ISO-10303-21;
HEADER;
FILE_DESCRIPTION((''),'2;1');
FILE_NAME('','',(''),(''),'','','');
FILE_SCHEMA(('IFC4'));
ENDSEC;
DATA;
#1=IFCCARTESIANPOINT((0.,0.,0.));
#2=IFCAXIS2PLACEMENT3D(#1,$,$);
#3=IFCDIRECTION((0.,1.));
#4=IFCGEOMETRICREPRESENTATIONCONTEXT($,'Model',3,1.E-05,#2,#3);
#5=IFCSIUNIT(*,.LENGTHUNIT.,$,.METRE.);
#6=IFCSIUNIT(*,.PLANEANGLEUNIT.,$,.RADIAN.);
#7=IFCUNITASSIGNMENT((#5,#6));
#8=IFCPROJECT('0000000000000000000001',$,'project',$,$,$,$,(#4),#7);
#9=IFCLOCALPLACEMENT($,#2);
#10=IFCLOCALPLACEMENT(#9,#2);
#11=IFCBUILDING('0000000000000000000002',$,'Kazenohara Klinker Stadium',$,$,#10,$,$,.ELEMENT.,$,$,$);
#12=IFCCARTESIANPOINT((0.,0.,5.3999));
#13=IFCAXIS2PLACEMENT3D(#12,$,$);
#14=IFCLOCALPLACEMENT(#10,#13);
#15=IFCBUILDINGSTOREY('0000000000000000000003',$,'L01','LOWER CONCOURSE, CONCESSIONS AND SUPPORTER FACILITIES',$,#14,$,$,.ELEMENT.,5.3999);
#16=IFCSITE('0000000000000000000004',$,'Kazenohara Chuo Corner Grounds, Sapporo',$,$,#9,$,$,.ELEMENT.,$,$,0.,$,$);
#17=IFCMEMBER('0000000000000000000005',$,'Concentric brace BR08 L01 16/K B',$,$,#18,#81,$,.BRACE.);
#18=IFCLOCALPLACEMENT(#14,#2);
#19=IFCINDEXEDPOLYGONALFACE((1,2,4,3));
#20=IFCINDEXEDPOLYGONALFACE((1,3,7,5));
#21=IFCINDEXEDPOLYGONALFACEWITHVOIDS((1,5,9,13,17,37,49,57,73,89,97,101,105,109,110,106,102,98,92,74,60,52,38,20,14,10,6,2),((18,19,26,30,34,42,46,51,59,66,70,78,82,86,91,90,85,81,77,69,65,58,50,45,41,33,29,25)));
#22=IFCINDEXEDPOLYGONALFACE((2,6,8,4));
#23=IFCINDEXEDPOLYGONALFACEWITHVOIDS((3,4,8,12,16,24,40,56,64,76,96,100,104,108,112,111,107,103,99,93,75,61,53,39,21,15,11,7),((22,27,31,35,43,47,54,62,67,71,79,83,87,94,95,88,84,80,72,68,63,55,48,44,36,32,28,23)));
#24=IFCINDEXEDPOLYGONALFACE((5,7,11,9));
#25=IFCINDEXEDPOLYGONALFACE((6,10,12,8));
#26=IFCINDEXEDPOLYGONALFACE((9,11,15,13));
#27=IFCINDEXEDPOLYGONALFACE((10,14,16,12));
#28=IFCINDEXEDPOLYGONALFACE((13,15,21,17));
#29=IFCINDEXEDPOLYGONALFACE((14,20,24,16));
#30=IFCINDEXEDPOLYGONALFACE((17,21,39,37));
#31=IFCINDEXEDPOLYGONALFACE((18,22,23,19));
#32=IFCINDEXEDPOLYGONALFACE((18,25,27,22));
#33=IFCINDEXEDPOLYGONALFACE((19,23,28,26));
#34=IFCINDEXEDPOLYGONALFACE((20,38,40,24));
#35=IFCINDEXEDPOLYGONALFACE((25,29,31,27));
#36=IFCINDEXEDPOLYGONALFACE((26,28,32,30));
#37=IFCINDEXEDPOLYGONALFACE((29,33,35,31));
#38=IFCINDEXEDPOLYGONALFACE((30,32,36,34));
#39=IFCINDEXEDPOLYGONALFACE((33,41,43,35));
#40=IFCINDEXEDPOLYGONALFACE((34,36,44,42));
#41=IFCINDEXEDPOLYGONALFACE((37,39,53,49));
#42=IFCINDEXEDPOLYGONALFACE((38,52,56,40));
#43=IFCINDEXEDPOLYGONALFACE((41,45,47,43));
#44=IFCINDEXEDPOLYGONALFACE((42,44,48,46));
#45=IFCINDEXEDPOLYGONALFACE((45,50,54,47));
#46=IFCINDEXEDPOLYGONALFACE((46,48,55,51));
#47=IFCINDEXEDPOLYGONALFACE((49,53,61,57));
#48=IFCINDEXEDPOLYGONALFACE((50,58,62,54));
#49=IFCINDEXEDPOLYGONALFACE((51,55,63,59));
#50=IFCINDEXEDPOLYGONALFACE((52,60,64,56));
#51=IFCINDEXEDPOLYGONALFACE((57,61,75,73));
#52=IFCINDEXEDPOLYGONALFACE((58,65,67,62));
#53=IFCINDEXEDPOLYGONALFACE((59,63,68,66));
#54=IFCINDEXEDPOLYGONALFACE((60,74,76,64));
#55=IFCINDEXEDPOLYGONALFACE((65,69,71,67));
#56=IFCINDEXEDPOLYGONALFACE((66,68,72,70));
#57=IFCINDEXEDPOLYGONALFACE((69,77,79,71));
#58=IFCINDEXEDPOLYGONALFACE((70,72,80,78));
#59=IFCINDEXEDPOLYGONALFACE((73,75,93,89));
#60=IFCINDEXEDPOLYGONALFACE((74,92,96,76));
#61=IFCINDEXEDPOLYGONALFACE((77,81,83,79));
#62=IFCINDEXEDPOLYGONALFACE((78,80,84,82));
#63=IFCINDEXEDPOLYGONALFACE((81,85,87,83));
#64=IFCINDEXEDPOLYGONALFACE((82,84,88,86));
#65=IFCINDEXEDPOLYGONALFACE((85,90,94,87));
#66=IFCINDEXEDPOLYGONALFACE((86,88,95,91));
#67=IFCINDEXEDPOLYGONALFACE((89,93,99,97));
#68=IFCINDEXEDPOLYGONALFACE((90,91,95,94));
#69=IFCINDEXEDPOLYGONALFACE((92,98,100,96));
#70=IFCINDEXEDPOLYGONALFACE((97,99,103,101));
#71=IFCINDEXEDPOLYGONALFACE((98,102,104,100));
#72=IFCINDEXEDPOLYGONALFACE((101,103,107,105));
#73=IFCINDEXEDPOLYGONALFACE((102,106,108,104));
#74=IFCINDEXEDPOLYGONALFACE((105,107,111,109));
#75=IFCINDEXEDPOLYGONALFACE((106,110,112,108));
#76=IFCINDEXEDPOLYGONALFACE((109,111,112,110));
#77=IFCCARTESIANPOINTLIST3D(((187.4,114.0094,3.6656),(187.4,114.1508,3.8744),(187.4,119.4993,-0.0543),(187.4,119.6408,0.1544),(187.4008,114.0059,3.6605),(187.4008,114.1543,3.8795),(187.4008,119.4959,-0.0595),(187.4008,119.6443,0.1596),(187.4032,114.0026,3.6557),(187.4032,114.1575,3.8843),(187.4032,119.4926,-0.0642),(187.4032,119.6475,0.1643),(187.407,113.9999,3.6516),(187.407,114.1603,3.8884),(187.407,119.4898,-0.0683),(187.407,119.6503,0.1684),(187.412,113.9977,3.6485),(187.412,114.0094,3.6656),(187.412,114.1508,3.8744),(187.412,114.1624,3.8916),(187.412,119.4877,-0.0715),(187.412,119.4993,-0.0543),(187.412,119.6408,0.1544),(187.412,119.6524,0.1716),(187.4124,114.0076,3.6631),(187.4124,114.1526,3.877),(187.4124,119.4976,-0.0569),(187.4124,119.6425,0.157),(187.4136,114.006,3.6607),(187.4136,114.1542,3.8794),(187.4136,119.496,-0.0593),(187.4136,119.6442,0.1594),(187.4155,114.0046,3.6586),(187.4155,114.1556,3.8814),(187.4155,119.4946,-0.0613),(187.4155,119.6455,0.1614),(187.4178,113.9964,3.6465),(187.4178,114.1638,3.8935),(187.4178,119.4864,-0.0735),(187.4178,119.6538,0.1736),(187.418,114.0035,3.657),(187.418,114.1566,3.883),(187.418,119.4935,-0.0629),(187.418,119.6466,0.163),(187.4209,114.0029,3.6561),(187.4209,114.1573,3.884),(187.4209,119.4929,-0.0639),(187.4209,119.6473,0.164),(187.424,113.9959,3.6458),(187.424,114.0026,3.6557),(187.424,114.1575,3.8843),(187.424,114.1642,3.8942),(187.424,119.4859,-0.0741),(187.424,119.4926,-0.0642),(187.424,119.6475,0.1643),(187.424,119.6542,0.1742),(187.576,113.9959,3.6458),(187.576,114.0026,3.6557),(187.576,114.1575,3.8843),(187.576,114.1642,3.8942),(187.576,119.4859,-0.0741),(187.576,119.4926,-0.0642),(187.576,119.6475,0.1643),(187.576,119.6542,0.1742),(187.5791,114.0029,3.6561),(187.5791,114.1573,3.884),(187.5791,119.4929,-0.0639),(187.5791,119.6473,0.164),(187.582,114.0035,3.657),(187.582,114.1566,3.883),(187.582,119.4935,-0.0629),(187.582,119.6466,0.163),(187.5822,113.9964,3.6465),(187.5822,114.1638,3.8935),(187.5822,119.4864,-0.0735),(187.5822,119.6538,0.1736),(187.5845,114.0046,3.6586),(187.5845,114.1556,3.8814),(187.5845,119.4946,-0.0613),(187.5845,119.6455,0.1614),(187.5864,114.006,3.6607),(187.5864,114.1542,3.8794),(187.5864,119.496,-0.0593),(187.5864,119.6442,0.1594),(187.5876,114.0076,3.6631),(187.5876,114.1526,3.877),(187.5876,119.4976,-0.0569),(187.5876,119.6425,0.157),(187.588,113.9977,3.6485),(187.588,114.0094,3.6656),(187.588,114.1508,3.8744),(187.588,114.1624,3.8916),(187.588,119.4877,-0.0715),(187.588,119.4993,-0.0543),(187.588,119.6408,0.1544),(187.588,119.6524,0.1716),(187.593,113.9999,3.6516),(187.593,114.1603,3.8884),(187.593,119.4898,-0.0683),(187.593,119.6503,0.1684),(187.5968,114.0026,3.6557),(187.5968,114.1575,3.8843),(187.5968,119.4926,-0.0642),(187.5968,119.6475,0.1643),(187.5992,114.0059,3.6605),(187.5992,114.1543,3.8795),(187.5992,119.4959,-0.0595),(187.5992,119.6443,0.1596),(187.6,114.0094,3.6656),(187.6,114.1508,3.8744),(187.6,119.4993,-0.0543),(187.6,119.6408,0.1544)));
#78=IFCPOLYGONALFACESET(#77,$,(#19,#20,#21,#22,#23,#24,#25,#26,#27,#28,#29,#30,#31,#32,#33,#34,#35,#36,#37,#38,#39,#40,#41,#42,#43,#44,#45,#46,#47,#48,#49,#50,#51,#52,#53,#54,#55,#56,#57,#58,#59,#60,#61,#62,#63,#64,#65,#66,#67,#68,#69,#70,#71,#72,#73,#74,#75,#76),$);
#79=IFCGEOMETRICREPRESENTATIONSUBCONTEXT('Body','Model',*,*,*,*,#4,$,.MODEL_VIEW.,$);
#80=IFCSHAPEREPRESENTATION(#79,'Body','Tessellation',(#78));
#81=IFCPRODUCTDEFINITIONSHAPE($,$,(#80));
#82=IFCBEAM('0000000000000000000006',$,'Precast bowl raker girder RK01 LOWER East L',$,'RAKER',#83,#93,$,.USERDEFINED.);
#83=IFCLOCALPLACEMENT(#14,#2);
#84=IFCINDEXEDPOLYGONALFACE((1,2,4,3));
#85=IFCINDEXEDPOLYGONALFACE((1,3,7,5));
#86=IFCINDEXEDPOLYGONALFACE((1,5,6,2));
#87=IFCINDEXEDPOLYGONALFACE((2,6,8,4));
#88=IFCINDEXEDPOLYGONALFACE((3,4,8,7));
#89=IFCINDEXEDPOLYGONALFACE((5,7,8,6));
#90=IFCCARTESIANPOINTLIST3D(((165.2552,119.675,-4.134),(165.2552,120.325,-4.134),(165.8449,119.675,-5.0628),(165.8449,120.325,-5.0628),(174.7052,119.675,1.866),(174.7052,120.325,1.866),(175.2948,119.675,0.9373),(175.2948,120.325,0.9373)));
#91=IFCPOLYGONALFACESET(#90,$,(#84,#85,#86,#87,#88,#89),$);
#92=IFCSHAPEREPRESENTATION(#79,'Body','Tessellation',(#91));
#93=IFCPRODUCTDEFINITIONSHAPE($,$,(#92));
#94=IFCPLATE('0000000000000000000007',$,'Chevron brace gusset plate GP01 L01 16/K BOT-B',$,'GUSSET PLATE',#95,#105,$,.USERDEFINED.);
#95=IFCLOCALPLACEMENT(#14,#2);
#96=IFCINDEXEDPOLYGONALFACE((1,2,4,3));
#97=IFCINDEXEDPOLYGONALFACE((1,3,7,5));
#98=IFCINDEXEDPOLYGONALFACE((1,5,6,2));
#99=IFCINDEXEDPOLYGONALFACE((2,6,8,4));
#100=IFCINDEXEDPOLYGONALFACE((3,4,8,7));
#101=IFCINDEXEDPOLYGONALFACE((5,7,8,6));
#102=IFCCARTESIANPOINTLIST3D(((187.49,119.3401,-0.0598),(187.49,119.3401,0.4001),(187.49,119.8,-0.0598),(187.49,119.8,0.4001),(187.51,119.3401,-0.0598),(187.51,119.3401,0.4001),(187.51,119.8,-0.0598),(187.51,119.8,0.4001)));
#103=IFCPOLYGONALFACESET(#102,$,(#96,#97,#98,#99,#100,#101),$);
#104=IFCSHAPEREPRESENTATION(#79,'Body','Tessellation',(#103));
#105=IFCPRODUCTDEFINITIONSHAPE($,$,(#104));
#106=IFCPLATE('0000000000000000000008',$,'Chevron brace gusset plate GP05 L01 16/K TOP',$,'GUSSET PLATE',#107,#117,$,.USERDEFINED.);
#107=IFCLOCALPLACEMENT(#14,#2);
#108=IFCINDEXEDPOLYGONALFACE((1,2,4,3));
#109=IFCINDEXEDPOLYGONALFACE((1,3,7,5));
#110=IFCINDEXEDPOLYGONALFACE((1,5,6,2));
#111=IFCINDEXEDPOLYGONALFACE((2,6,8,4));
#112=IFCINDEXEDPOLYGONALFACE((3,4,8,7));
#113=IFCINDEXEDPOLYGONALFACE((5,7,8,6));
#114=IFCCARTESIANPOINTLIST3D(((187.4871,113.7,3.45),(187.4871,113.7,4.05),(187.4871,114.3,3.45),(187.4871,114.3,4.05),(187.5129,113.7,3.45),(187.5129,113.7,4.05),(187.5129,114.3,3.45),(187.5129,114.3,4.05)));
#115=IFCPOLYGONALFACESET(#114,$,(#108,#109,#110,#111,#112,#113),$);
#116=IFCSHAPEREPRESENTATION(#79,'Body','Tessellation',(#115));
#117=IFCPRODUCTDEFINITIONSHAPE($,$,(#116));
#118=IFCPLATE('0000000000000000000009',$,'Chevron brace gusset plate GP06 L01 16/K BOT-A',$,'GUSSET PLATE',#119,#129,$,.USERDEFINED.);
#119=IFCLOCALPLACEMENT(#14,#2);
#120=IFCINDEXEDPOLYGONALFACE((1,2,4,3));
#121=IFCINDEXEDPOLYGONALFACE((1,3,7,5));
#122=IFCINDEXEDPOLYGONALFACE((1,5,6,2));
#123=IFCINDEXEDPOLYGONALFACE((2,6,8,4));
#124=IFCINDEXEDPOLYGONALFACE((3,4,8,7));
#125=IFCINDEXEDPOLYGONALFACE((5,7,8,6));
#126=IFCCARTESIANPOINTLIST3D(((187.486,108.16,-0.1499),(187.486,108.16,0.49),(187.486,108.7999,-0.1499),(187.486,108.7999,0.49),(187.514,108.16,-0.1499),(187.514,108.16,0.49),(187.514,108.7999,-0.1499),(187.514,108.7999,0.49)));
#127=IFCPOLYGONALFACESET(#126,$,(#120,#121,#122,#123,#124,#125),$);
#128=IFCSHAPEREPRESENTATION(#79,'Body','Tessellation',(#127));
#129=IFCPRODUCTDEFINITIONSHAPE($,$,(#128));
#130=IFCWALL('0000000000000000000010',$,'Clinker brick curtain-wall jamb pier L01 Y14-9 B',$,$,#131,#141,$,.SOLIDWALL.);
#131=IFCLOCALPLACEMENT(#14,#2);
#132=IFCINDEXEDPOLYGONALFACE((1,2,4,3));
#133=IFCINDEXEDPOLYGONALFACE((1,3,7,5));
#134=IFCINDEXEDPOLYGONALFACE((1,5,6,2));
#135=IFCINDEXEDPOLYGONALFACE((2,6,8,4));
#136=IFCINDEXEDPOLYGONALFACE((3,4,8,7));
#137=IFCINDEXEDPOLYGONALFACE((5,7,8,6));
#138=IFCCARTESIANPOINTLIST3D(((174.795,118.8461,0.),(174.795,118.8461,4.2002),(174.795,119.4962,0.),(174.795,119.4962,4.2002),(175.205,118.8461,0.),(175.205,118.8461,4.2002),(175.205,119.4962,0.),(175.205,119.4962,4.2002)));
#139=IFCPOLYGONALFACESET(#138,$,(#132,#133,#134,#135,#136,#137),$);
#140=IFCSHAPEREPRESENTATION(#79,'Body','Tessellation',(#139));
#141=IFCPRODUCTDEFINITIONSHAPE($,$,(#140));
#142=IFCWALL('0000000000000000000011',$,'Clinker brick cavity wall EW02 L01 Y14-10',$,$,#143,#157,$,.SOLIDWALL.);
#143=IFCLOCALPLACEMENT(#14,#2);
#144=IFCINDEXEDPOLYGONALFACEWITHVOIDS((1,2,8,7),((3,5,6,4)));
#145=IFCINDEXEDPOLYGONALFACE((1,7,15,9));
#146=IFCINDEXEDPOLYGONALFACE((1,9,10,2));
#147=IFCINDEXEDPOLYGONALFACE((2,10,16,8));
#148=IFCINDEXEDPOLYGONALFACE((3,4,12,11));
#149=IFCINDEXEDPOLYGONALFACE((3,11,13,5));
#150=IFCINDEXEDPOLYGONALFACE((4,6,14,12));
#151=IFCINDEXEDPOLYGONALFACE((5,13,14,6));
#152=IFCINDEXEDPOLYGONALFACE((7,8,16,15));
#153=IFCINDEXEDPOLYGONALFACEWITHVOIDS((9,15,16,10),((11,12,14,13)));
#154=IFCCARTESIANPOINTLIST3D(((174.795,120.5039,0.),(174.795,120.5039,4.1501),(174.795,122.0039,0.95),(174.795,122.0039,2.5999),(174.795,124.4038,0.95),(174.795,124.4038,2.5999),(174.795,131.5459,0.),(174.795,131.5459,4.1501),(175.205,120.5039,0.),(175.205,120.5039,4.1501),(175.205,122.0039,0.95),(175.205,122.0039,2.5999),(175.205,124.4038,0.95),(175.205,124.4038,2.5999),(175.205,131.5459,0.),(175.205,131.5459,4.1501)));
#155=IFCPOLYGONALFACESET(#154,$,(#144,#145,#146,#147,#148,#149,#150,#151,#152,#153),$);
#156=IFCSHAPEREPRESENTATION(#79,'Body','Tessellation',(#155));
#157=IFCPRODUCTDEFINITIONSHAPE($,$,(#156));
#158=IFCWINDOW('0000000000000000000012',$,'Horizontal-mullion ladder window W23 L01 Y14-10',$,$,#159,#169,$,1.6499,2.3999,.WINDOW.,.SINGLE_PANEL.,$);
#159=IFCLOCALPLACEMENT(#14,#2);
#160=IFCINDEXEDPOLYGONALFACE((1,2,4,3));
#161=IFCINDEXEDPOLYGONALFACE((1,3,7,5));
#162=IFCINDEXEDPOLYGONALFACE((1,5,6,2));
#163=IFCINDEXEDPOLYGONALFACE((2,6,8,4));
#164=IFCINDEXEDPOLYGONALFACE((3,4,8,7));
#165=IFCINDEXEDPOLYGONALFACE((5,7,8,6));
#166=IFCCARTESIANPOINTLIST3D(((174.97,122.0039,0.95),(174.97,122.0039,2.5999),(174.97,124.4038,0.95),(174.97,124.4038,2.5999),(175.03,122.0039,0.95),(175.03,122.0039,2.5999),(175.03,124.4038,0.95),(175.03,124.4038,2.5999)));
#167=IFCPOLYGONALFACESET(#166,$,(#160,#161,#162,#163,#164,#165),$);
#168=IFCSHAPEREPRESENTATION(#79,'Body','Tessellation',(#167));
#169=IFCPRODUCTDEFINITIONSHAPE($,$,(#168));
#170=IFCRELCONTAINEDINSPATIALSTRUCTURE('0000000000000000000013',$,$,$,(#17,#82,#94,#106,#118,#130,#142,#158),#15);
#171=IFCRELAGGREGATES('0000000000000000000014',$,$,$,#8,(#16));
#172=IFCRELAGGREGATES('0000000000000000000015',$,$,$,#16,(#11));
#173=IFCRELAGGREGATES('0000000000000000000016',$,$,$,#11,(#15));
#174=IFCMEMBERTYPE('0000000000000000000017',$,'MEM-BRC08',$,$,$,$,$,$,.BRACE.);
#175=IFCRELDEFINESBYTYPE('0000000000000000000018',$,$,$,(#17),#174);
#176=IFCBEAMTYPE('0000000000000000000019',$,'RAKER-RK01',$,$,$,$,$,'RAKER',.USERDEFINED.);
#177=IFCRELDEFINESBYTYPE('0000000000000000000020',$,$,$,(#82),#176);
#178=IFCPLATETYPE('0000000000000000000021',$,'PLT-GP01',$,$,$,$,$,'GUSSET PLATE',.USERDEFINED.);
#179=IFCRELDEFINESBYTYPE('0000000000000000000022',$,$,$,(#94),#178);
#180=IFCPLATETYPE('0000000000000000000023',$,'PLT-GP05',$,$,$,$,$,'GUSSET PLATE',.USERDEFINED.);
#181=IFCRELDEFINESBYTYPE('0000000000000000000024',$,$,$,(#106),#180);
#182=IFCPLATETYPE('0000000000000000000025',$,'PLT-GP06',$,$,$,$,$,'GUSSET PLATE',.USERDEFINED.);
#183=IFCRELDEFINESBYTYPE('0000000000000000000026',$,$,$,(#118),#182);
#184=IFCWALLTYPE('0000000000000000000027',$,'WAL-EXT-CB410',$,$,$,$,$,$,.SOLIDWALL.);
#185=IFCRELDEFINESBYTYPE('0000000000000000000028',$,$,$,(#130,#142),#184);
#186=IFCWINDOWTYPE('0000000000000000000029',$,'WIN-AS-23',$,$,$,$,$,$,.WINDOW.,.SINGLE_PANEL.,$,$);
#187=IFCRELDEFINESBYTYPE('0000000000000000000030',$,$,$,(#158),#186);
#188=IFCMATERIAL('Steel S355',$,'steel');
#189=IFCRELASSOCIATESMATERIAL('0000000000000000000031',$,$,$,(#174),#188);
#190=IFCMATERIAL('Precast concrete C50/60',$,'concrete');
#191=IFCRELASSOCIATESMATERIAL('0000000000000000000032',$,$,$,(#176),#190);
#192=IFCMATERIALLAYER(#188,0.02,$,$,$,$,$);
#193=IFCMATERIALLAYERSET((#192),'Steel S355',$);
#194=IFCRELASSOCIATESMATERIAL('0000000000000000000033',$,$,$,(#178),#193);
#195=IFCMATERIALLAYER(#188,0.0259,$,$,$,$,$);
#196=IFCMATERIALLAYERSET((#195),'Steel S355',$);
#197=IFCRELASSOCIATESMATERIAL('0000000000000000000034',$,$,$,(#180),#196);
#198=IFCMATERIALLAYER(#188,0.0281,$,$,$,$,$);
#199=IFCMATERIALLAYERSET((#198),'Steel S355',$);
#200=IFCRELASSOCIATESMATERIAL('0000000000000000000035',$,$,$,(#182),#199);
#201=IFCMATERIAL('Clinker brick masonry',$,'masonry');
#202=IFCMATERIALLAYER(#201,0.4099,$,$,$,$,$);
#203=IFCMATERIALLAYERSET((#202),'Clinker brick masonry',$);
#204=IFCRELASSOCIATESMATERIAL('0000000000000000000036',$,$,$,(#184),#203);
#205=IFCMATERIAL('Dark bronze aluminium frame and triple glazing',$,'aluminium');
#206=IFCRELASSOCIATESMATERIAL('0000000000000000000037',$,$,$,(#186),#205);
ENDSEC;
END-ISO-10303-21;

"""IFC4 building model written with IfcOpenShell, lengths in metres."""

from ifc_helpers import new_model, si_unit, direction, frame, frame_2d, origin, origin_2d, place, context, subcontext, project, spatial, rectangle, hollow_rectangle, extrude, material, layer, layer_set, material_profile, profile_set, type_object, element, fill, save


model = new_model("IFC4")

# Units and contexts
model_context = context("Model", 3, precision=1e-05, world=origin(), true_north=direction((0.0, 1.0)))
body_context = subcontext(model_context, "Body", "Model", "MODEL_VIEW")
ifc_project = project(units=[si_unit("LENGTHUNIT", "METRE"), si_unit("PLANEANGLEUNIT", "RADIAN")], contexts=[model_context])

# Site, building, storey
site_placement = place(None, origin())
site = spatial("IfcSite", under=ifc_project, at=site_placement, Name="Kazenohara Chuo Corner Grounds, Sapporo", CompositionType="ELEMENT", RefElevation=0.0)
building_placement = place(site_placement, origin())
building = spatial("IfcBuilding", under=site, at=building_placement, Name="Kazenohara Klinker Stadium", CompositionType="ELEMENT")
storey_placement = place(building_placement, frame((0.0, 0.0, 5.3999)))
storey = spatial("IfcBuildingStorey", under=building, at=storey_placement, Name="L01", Description="LOWER CONCOURSE, CONCESSIONS AND SUPPORTER FACILITIES", CompositionType="ELEMENT", Elevation=5.3999)

# Shared definitions
ifc_material_1 = material(Name="Steel S355", Category="steel")

# Member
ifc_material_profile_1 = material_profile(ifc_material_1, hollow_rectangle(XDim=0.2, YDim=0.3, WallThickness=0.012, InnerFilletRadius=0.012, OuterFilletRadius=0.0239, at=origin_2d()), Name="RHS-300x200x12")
ifc_profile_set_1 = profile_set([ifc_material_profile_1], Name="Steel S355")
member_type = type_object("IfcMemberType", Name="MEM-BRC08", PredefinedType="BRACE", material=ifc_profile_set_1)
member_1_placement = place(storey_placement, frame((187.5, 119.5701, 0.05), z_axis=(0.0, -0.827853, 0.560946), x_axis=(1.0, 0.0, 0.0)))
element("IfcMember", 1, at=member_1_placement, inside=storey, type_object=member_type, Name="Concentric brace BR08 L01 16/K B", PredefinedType="BRACE", context=body_context, shape_type="SweptSolid", body=[
    extrude(hollow_rectangle(XDim=0.2, YDim=0.3, WallThickness=0.012, InnerFilletRadius=0.012, OuterFilletRadius=0.0239, at=origin_2d()), origin(), (0.0, 0.0, 1.0), 6.6316),
])

# Beam
ifc_material_2 = material(Name="Precast concrete C50/60", Category="concrete")
ifc_material_profile_2 = material_profile(ifc_material_2, rectangle(XDim=0.6499, YDim=1.1001, at=origin_2d()), Name="PC-RAKER-650x1100")
ifc_profile_set_2 = profile_set([ifc_material_profile_2], Name="Precast concrete C50/60")
beam_type_1 = type_object("IfcBeamType", Name="RAKER-RK01", ElementType="RAKER", PredefinedType="USERDEFINED", material=ifc_profile_set_2)
beam_1_placement = place(storey_placement, frame((175.0, 120.0, 1.4016), z_axis=(-0.844212, 0.0, -0.53601), x_axis=(0.0, -1.0, 0.0)))
element("IfcBeam", 2, at=beam_1_placement, inside=storey, type_object=beam_type_1, Name="Precast bowl raker girder RK01 LOWER East L", ObjectType="RAKER", PredefinedType="USERDEFINED", context=body_context, shape_type="SweptSolid", body=[
    extrude(rectangle(XDim=0.6499, YDim=1.1001, at=origin_2d()), origin(), (0.0, 0.0, 1.0), 11.1938),
])

# Plates
ifc_layer_1 = layer(ifc_material_1, 0.02)
ifc_layer_set_1 = layer_set([ifc_layer_1], Name="Steel S355")
plate_type_1 = type_object("IfcPlateType", Name="PLT-GP01", ElementType="GUSSET PLATE", PredefinedType="USERDEFINED", material=ifc_layer_set_1)
plate_1_placement = place(storey_placement, frame((187.5, 119.5701, -0.0598), z_axis=(0.0, 0.0, 1.0), x_axis=(1.0, 0.0, 0.0)))
element("IfcPlate", 3, at=plate_1_placement, inside=storey, type_object=plate_type_1, Name="Chevron brace gusset plate GP01 L01 16/K BOT-B", ObjectType="GUSSET PLATE", PredefinedType="USERDEFINED", context=body_context, shape_type="SweptSolid", body=[
    extrude(rectangle(XDim=0.02, YDim=0.46, at=origin_2d()), origin(), (0.0, 0.0, 1.0), 0.46),
])
ifc_layer_2 = layer(ifc_material_1, 0.0259)
ifc_layer_set_2 = layer_set([ifc_layer_2], Name="Steel S355")
plate_type_2 = type_object("IfcPlateType", Name="PLT-GP05", ElementType="GUSSET PLATE", PredefinedType="USERDEFINED", material=ifc_layer_set_2)
plate_2_placement = place(storey_placement, frame((187.5, 114.0, 3.45), z_axis=(0.0, 0.0, 1.0), x_axis=(1.0, 0.0, 0.0)))
element("IfcPlate", 4, at=plate_2_placement, inside=storey, type_object=plate_type_2, Name="Chevron brace gusset plate GP05 L01 16/K TOP", ObjectType="GUSSET PLATE", PredefinedType="USERDEFINED", context=body_context, shape_type="SweptSolid", body=[
    extrude(rectangle(XDim=0.0259, YDim=0.6001, at=origin_2d()), origin(), (0.0, 0.0, 1.0), 0.6001),
])
ifc_layer_3 = layer(ifc_material_1, 0.0281)
ifc_layer_set_3 = layer_set([ifc_layer_3], Name="Steel S355")
plate_type_3 = type_object("IfcPlateType", Name="PLT-GP06", ElementType="GUSSET PLATE", PredefinedType="USERDEFINED", material=ifc_layer_set_3)
plate_3_placement = place(storey_placement, frame((187.5, 108.48, -0.1499), z_axis=(0.0, 0.0, 1.0), x_axis=(1.0, 0.0, 0.0)))
element("IfcPlate", 5, at=plate_3_placement, inside=storey, type_object=plate_type_3, Name="Chevron brace gusset plate GP06 L01 16/K BOT-A", ObjectType="GUSSET PLATE", PredefinedType="USERDEFINED", context=body_context, shape_type="SweptSolid", body=[
    extrude(rectangle(XDim=0.0281, YDim=0.6399, at=origin_2d()), origin(), (0.0, 0.0, 1.0), 0.6399),
])

# Wall
ifc_material_3 = material(Name="Clinker brick masonry", Category="masonry")
ifc_layer_4 = layer(ifc_material_3, 0.4099)
ifc_layer_set_4 = layer_set([ifc_layer_4], Name="Clinker brick masonry")
wall_type_1 = type_object("IfcWallType", Name="WAL-EXT-CB410", PredefinedType="SOLIDWALL", material=ifc_layer_set_4)
wall_1_placement = place(storey_placement, frame((175.0, 118.8459, 0.0), z_axis=(0.0, 0.0, 1.0), x_axis=(0.0, 1.0, 0.0)))
element("IfcWall", 6, at=wall_1_placement, inside=storey, type_object=wall_type_1, Name="Clinker brick curtain-wall jamb pier L01 Y14-9 B", PredefinedType="SOLIDWALL", context=body_context, shape_type="SweptSolid", body=[
    extrude(rectangle(XDim=0.6501, YDim=0.4099, at=frame_2d((0.3252, 0.0))), origin(), (0.0, 0.0, 1.0), 4.2002),
])

# Wall, opening, window
wall_2_placement = place(storey_placement, frame((175.0, 120.5039, 0.0), z_axis=(0.0, 0.0, 1.0), x_axis=(0.0, 1.0, 0.0)))
wall_2 = element("IfcWall", 7, at=wall_2_placement, inside=storey, type_object=wall_type_1, Name="Clinker brick cavity wall EW02 L01 Y14-10", PredefinedType="SOLIDWALL", context=body_context, shape_type="SweptSolid", body=[
    extrude(rectangle(XDim=11.042, YDim=0.4099, at=frame_2d((5.521, 0.0))), origin(), (0.0, 0.0, 1.0), 4.1501),
])
opening_1_placement = place(wall_2_placement, frame((1.5, 0.0, 0.95)))
opening_1 = element("IfcOpeningElement", 8, at=opening_1_placement, cuts=wall_2, PredefinedType="OPENING", context=body_context, shape_type="SweptSolid", body=[
    extrude(rectangle(XDim=2.3999, YDim=1.6499, at=frame_2d((1.2, 0.825))), frame((0.0, 0.2148, 0.0), z_axis=(0.0, -1.0, 0.0), x_axis=(1.0, 0.0, 0.0)), (0.0, 0.0, 1.0), 0.4299),
])
ifc_material_4 = material(Name="Dark bronze aluminium frame and triple glazing", Category="aluminium")
window_type = type_object("IfcWindowType", Name="WIN-AS-23", PartitioningType="SINGLE_PANEL", PredefinedType="WINDOW", material=ifc_material_4)
window_placement = place(opening_1_placement, origin())
window = element("IfcWindow", 9, at=window_placement, inside=storey, type_object=window_type, Name="Horizontal-mullion ladder window W23 L01 Y14-10", OverallHeight=1.6499, OverallWidth=2.3999, PartitioningType="SINGLE_PANEL", PredefinedType="WINDOW", context=body_context, shape_type="SweptSolid", body=[
    extrude(rectangle(XDim=2.3999, YDim=1.6499, at=frame_2d((1.2, 0.825))), frame((0.0, 0.03, 0.0), z_axis=(0.0, -1.0, 0.0), x_axis=(1.0, 0.0, 0.0)), (0.0, 0.0, 1.0), 0.0601),
])
fill(opening_1, window)

save(model, "model.ifc")
